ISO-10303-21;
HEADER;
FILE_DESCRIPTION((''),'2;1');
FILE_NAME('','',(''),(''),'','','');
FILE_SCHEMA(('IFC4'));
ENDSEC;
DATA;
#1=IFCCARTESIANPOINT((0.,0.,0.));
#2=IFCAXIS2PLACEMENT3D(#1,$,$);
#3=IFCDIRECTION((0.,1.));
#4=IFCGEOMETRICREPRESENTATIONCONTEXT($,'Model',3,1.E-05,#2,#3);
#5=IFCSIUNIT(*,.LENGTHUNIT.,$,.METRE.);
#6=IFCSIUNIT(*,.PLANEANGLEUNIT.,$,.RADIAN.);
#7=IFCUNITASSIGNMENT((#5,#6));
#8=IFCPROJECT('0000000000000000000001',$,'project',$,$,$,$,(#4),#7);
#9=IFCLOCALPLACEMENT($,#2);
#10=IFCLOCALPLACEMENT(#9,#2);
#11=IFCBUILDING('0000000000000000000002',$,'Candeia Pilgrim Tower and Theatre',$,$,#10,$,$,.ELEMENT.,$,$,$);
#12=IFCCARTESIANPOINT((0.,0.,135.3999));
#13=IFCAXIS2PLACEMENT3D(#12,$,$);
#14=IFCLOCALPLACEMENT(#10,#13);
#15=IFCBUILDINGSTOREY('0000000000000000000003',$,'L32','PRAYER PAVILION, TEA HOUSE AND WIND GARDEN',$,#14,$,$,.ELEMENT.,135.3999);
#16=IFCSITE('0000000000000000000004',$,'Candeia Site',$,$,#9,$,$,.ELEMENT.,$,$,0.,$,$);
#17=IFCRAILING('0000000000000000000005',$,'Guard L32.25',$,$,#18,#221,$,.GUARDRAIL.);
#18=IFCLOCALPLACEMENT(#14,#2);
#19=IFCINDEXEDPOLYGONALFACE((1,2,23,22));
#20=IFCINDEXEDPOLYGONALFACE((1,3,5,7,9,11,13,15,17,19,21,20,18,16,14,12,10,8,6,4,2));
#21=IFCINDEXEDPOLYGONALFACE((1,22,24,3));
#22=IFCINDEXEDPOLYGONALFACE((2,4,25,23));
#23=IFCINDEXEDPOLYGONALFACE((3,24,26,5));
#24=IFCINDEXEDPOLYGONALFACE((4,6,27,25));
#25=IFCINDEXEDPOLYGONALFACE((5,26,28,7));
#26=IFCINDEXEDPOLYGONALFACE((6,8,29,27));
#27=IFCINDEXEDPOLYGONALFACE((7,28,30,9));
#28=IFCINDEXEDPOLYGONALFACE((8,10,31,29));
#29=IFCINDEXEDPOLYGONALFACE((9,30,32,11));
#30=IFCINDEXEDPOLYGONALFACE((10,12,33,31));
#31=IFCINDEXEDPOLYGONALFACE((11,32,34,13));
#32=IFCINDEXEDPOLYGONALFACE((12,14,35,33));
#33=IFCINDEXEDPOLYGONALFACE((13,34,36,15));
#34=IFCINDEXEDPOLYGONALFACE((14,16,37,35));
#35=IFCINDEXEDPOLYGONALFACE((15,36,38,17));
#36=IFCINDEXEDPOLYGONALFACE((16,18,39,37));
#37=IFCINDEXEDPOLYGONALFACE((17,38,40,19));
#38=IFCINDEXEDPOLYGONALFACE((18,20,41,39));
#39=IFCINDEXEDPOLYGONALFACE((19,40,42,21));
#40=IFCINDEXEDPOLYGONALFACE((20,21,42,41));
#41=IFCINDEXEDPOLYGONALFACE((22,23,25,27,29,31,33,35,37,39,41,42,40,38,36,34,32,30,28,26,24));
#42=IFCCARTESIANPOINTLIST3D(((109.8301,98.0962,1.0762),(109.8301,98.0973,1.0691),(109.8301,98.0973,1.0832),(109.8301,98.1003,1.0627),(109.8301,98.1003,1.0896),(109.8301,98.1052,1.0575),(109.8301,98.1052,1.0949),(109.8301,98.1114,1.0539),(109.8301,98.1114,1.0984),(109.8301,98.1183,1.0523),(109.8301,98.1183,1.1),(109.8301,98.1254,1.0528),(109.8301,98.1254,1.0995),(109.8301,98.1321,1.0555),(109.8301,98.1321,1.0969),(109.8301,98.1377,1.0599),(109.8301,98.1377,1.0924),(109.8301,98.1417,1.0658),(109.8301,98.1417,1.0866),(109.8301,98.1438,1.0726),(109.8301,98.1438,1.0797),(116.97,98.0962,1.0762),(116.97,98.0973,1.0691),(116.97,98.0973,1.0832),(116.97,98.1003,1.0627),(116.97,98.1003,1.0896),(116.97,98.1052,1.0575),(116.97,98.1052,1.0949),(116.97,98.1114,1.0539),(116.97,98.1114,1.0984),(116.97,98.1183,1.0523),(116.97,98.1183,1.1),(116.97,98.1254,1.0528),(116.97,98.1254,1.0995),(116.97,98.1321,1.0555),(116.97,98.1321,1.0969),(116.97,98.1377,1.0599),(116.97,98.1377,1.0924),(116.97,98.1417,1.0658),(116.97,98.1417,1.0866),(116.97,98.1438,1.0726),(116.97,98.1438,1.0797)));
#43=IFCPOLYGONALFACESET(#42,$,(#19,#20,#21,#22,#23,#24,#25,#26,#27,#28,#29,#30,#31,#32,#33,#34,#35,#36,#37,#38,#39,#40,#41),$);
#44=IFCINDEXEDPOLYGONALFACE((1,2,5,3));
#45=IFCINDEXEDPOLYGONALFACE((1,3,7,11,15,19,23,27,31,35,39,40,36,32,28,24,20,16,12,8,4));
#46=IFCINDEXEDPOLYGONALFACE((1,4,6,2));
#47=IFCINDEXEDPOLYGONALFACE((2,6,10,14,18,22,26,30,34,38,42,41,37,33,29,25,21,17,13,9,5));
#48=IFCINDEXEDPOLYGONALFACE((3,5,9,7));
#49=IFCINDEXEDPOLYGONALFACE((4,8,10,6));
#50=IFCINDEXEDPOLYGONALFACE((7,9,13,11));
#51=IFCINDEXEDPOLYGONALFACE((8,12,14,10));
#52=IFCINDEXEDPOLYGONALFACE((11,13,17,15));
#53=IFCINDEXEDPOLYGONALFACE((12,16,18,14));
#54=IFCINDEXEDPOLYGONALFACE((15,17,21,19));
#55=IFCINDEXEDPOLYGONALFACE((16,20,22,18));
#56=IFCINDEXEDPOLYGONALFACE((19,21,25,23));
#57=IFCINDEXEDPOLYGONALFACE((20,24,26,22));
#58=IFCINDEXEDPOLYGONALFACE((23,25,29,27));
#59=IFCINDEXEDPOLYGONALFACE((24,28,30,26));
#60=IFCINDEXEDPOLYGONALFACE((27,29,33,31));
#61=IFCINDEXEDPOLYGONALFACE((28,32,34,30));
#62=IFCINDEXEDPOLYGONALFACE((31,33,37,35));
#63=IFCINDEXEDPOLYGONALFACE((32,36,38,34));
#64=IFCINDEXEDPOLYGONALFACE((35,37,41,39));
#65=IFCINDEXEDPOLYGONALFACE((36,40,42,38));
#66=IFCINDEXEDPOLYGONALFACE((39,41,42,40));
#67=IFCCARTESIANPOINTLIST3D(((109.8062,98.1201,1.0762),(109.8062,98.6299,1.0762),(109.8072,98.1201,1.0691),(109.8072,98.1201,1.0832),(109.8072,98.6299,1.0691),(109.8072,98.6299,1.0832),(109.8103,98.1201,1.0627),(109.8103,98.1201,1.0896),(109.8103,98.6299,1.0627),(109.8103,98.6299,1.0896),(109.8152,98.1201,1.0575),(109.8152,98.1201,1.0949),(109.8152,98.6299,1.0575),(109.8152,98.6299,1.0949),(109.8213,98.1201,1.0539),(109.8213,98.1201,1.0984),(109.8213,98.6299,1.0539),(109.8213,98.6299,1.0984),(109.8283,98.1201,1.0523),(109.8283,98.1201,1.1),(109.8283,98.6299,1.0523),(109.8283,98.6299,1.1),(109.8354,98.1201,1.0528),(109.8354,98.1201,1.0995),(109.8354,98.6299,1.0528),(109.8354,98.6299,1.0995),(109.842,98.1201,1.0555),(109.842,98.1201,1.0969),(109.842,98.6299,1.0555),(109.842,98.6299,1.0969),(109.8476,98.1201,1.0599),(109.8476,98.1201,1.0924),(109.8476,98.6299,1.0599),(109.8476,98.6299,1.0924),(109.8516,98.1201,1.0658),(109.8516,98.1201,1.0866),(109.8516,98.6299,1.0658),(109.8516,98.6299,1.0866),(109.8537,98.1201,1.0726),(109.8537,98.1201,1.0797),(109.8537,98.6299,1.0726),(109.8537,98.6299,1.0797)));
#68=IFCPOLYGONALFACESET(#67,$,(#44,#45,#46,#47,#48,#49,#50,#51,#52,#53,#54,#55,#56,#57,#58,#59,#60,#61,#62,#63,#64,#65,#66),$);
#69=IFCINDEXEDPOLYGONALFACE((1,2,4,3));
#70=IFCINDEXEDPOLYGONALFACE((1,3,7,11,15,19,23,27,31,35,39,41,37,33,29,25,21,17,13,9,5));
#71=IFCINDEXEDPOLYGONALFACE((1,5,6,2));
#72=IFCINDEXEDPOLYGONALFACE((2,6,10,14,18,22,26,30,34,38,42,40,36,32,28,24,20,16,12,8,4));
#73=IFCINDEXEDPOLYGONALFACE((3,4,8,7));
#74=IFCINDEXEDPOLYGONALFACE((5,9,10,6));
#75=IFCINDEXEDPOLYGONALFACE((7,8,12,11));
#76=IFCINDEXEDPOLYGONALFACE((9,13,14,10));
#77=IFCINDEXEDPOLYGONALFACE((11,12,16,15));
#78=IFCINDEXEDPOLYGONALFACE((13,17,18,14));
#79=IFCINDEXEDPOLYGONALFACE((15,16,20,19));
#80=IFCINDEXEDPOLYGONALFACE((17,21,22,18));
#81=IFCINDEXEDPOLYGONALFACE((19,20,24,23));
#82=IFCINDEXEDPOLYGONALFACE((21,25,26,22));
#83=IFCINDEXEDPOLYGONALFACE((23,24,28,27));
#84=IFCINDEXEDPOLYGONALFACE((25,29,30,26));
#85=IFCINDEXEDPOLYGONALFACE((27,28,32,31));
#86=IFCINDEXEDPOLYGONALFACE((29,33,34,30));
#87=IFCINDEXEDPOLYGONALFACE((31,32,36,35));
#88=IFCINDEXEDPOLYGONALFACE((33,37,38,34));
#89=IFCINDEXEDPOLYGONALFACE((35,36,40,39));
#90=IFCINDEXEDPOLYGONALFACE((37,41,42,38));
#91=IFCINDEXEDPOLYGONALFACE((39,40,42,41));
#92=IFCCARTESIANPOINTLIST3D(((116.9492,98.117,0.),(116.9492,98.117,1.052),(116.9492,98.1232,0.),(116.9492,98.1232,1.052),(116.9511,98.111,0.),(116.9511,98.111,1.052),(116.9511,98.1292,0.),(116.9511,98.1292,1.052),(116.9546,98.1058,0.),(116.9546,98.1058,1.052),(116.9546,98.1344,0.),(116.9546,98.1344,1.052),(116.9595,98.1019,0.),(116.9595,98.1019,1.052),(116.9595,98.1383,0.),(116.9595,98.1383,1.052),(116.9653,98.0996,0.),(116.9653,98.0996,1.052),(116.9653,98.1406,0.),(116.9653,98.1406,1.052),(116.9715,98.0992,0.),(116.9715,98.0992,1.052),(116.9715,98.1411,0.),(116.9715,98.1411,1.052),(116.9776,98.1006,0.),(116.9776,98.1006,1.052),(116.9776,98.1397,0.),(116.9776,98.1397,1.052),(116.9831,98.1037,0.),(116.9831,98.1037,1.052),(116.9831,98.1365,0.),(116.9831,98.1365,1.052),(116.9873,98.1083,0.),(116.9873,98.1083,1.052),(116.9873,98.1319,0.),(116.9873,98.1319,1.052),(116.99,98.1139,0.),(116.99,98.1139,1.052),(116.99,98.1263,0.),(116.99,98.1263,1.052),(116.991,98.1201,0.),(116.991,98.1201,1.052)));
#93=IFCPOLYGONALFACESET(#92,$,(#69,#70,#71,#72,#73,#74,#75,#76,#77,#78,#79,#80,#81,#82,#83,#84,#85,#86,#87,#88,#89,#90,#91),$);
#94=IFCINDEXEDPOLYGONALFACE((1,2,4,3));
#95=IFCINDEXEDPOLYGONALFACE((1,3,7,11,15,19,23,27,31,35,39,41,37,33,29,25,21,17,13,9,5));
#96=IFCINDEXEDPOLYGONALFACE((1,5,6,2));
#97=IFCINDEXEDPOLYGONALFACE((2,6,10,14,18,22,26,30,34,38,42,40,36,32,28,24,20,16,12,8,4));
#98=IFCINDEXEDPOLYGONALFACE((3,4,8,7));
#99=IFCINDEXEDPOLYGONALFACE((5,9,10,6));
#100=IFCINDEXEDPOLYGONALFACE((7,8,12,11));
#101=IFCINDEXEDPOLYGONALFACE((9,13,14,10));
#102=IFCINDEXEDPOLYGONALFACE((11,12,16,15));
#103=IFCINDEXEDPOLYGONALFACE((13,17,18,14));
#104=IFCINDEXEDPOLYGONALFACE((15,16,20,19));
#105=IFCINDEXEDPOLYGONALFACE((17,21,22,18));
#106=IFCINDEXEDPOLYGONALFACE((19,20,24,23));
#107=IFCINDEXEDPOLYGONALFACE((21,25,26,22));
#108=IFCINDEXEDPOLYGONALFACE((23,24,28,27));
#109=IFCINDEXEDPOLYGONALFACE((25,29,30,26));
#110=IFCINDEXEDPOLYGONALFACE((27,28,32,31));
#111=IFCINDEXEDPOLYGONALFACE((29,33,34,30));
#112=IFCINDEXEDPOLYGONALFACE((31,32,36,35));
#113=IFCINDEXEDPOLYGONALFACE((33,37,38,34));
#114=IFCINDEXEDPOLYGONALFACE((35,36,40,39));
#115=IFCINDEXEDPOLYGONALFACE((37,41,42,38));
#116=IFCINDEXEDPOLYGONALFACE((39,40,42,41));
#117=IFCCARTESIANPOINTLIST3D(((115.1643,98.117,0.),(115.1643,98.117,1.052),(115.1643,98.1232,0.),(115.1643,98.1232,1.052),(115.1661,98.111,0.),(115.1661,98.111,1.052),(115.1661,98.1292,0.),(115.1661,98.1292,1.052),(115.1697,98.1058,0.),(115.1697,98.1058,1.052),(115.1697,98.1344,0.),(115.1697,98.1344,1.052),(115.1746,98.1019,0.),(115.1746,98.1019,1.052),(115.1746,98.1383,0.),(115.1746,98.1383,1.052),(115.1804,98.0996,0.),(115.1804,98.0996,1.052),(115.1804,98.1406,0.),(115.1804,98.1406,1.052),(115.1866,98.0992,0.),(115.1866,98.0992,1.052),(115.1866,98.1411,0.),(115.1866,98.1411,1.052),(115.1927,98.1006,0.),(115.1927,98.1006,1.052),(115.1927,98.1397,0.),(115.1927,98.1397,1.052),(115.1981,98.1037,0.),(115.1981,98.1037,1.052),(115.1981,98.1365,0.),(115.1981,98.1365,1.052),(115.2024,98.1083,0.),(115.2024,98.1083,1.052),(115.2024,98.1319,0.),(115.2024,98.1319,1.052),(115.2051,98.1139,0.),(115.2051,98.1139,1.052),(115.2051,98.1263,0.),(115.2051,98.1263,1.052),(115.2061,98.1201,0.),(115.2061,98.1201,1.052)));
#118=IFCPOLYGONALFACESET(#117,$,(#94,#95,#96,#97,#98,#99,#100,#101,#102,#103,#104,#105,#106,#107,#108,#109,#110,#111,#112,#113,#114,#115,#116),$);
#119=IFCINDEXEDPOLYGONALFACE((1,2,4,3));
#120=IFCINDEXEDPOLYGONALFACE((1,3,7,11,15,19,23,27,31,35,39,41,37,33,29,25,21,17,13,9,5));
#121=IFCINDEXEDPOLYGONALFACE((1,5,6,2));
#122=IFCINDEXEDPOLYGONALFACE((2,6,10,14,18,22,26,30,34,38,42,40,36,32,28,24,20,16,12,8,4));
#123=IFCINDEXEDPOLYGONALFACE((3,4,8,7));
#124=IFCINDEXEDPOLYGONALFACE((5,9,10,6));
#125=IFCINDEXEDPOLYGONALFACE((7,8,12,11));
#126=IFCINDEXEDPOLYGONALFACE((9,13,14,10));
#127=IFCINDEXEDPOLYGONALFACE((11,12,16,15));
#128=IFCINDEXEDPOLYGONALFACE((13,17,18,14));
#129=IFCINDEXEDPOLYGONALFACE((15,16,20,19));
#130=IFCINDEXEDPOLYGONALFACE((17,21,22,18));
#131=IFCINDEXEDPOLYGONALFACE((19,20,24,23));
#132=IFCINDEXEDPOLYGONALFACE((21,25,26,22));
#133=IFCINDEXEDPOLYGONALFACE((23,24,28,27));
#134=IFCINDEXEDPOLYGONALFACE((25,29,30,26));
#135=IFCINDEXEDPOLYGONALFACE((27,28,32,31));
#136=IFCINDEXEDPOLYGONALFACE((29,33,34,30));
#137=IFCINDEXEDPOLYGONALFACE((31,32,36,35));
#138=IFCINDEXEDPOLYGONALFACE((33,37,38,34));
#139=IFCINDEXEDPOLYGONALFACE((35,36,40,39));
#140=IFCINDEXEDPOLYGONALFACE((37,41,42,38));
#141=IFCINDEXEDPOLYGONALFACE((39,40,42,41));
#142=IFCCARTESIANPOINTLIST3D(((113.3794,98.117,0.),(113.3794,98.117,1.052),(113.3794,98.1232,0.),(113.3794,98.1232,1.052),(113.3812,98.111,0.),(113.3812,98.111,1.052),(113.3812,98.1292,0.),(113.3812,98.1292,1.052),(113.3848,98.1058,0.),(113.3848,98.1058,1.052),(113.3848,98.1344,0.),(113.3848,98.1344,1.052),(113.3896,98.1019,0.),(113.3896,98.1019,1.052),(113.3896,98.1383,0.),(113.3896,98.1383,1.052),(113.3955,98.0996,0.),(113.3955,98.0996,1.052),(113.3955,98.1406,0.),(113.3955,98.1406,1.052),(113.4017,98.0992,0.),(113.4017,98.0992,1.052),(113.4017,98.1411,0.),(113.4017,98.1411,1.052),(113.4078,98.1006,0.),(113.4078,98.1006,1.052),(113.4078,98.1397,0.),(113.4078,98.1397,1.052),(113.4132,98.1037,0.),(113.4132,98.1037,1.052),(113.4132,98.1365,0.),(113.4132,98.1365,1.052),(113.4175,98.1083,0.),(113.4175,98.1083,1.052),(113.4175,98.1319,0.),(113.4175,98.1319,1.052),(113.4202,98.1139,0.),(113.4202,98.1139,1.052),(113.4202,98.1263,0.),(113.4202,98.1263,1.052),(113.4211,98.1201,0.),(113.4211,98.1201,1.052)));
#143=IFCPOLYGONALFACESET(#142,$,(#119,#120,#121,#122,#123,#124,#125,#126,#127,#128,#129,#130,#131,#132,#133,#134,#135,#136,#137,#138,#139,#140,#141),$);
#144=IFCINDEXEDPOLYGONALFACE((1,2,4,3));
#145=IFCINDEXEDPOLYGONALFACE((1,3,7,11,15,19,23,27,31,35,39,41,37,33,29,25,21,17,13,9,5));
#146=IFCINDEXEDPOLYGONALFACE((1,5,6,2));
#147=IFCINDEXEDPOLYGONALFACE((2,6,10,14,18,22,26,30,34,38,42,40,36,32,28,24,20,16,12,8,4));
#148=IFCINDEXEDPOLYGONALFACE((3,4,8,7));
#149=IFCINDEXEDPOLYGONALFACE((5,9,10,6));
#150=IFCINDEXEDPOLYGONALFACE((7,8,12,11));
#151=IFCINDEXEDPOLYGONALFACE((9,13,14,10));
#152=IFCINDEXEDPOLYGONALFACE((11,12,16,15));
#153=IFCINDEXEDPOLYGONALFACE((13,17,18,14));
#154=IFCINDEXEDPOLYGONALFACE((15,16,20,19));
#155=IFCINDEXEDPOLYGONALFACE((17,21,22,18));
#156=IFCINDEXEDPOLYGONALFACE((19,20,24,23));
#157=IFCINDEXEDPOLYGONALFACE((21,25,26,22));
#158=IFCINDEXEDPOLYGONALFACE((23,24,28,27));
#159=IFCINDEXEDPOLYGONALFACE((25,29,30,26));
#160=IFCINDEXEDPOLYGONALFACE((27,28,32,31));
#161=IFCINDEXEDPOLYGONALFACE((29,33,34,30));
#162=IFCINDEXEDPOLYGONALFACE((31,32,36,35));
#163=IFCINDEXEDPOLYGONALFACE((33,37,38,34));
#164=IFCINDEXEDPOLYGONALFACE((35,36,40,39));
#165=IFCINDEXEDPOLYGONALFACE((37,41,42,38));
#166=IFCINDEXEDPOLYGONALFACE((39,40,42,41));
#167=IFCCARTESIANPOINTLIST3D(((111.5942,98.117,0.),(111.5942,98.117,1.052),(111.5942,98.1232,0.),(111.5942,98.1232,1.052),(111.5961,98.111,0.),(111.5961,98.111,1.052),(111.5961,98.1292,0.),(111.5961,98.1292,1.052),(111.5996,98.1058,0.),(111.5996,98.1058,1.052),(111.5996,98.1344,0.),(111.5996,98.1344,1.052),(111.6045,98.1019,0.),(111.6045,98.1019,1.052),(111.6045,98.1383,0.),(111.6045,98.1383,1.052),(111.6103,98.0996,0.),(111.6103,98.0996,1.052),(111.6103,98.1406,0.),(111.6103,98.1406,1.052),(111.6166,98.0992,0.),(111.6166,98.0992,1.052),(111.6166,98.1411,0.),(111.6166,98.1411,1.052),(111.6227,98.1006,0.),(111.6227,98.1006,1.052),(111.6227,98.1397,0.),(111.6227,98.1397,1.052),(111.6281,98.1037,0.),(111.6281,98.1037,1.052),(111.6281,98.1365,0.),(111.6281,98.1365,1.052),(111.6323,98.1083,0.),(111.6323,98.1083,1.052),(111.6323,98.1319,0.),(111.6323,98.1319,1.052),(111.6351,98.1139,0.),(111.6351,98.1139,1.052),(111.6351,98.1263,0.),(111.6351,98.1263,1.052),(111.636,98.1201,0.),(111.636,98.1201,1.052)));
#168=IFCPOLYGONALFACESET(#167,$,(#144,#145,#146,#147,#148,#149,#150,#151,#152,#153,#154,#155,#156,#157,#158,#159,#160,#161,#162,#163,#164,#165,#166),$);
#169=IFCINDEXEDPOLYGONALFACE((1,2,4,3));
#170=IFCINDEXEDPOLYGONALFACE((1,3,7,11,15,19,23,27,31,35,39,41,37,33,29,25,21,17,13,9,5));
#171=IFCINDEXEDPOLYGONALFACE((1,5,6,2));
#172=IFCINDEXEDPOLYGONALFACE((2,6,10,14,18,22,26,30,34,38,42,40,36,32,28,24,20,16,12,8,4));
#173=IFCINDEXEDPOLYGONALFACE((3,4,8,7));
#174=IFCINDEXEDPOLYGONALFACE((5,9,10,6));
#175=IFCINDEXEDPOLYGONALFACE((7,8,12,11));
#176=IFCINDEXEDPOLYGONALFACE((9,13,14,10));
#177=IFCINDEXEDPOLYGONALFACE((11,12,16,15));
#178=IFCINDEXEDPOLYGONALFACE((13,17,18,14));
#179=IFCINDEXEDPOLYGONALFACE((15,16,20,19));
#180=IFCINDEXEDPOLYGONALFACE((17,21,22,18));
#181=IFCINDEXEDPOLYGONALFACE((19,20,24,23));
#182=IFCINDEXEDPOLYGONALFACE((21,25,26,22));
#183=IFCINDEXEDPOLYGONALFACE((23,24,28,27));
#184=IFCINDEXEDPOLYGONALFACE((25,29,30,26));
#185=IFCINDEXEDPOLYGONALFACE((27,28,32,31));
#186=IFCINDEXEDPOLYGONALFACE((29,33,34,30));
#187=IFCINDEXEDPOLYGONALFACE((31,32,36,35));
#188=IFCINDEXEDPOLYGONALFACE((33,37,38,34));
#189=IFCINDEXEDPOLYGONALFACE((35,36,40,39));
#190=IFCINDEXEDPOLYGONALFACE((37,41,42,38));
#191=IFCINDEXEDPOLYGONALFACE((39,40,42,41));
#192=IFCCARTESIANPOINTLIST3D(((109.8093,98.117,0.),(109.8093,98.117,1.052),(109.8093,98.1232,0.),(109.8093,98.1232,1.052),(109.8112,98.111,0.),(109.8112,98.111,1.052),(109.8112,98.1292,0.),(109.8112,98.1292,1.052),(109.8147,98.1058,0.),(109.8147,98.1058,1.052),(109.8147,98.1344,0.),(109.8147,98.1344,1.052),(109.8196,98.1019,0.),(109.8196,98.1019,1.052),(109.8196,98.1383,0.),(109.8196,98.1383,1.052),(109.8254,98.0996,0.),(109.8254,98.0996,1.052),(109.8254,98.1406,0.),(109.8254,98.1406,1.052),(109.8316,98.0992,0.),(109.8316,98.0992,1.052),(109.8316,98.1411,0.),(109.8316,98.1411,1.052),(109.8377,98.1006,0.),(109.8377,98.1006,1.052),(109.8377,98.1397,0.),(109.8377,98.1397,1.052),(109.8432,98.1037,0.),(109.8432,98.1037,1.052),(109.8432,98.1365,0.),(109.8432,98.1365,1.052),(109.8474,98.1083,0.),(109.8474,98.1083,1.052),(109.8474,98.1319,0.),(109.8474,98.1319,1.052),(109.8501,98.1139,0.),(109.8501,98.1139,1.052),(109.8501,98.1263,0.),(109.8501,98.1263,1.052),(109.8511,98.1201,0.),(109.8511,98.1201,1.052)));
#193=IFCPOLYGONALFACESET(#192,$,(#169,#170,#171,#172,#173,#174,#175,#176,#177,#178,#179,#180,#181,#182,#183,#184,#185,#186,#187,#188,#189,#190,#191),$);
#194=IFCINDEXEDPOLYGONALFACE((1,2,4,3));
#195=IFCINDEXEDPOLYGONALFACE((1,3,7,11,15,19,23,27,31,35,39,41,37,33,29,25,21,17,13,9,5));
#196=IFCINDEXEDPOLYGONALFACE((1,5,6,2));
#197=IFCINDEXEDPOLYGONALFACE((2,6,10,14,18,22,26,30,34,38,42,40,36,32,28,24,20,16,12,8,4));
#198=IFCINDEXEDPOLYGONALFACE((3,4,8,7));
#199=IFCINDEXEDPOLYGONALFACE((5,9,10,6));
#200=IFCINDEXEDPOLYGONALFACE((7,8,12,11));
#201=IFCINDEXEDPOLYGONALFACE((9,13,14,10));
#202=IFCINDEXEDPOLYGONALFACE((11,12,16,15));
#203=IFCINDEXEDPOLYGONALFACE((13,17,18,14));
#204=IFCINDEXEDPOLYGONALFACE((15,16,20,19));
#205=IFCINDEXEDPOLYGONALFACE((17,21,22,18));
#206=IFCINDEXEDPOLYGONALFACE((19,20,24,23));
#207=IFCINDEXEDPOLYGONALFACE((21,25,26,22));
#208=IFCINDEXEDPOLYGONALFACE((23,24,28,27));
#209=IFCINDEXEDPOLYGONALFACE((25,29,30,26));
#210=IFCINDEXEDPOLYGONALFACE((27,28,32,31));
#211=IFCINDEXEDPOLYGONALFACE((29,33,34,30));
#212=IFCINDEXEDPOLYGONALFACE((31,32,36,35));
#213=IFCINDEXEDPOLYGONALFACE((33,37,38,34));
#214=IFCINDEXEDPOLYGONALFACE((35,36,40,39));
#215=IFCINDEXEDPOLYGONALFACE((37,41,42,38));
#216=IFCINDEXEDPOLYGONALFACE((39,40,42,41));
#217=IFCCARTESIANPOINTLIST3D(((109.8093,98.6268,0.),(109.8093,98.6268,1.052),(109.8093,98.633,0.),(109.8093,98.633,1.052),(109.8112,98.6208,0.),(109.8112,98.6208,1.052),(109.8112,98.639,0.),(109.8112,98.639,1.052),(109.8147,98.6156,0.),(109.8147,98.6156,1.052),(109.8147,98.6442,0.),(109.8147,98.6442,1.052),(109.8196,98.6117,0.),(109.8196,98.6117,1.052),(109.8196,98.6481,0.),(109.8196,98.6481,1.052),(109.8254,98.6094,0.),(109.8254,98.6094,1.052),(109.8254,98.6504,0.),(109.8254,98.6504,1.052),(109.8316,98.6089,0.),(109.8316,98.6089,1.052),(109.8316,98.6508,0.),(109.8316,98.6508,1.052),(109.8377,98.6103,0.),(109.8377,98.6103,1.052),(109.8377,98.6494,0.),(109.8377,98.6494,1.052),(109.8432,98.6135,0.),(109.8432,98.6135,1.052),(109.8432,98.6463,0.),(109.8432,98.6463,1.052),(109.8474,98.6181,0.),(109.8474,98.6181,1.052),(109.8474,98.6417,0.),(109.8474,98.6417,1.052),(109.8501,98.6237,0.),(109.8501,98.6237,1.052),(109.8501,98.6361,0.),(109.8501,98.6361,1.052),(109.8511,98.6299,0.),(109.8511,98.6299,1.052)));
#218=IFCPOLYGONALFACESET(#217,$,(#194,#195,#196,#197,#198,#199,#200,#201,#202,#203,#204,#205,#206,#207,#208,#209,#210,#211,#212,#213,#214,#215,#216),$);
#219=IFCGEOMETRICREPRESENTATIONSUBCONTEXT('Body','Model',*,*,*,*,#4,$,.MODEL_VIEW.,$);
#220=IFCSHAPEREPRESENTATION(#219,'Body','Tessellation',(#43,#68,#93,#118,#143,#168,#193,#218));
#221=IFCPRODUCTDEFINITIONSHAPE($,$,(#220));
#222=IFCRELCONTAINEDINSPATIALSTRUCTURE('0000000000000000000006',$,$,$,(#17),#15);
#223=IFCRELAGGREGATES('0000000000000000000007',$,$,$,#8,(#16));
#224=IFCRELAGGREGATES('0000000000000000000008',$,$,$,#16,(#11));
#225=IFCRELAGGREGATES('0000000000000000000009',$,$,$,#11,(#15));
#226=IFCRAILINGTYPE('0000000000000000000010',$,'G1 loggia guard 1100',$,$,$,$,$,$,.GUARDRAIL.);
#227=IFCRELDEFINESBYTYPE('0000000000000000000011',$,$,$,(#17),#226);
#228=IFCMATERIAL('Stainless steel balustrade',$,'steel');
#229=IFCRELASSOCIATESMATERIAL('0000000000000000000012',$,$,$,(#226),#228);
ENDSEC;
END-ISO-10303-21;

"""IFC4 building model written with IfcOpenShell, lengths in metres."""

from ifc_helpers import new_model, si_unit, direction, frame, origin, origin_2d, place, context, subcontext, project, spatial, circle, extrude, material, type_object, element, save


model = new_model("IFC4")

# Units and contexts
model_context = context("Model", 3, precision=1e-05, world=origin(), true_north=direction((0.0, 1.0)))
body_context = subcontext(model_context, "Body", "Model", "MODEL_VIEW")
ifc_project = project(units=[si_unit("LENGTHUNIT", "METRE"), si_unit("PLANEANGLEUNIT", "RADIAN")], contexts=[model_context])

# Site, building, storey
site_placement = place(None, origin())
site = spatial("IfcSite", under=ifc_project, at=site_placement, Name="Candeia Site", CompositionType="ELEMENT", RefElevation=0.0)
building_placement = place(site_placement, origin())
building = spatial("IfcBuilding", under=site, at=building_placement, Name="Candeia Pilgrim Tower and Theatre", CompositionType="ELEMENT")
storey_placement = place(building_placement, frame((0.0, 0.0, 135.3999)))
storey = spatial("IfcBuildingStorey", under=building, at=storey_placement, Name="L32", Description="PRAYER PAVILION, TEA HOUSE AND WIND GARDEN", CompositionType="ELEMENT", Elevation=135.3999)

# Railing
ifc_material_1 = material(Name="Stainless steel balustrade", Category="steel")
railing_type = type_object("IfcRailingType", Name="G1 loggia guard 1100", PredefinedType="GUARDRAIL", material=ifc_material_1)
railing_1_placement = place(storey_placement, frame((116.97, 98.1201, 0.0)))
element("IfcRailing", 1, at=railing_1_placement, inside=storey, type_object=railing_type, Name="Guard L32.25", PredefinedType="GUARDRAIL", context=body_context, shape_type="SweptSolid", body=[
    extrude(circle(Radius=0.0239, at=origin_2d()), frame((0.0, 0.0, 1.0762), z_axis=(-1.0, 0.0, 0.0), x_axis=(0.0, -1.0, 0.0)), (0.0, 0.0, 1.0), 7.1399),
    extrude(circle(Radius=0.0239, at=origin_2d()), frame((-7.1399, 0.0, 1.0762), z_axis=(0.0, 1.0, 0.0), x_axis=(-1.0, 0.0, 0.0)), (0.0, 0.0, 1.0), 0.5098),
    extrude(circle(Radius=0.021, at=origin_2d()), origin(), (0.0, 0.0, 1.0), 1.052),
    extrude(circle(Radius=0.021, at=origin_2d()), frame((-1.7849, 0.0, 0.0)), (0.0, 0.0, 1.0), 1.052),
    extrude(circle(Radius=0.021, at=origin_2d()), frame((-3.5698, 0.0, 0.0)), (0.0, 0.0, 1.0), 1.052),
    extrude(circle(Radius=0.021, at=origin_2d()), frame((-5.355, 0.0, 0.0)), (0.0, 0.0, 1.0), 1.052),
    extrude(circle(Radius=0.021, at=origin_2d()), frame((-7.1399, 0.0, 0.0)), (0.0, 0.0, 1.0), 1.052),
    extrude(circle(Radius=0.021, at=origin_2d()), frame((-7.1399, 0.5098, 0.0)), (0.0, 0.0, 1.0), 1.052),
])

save(model, "model.ifc")
